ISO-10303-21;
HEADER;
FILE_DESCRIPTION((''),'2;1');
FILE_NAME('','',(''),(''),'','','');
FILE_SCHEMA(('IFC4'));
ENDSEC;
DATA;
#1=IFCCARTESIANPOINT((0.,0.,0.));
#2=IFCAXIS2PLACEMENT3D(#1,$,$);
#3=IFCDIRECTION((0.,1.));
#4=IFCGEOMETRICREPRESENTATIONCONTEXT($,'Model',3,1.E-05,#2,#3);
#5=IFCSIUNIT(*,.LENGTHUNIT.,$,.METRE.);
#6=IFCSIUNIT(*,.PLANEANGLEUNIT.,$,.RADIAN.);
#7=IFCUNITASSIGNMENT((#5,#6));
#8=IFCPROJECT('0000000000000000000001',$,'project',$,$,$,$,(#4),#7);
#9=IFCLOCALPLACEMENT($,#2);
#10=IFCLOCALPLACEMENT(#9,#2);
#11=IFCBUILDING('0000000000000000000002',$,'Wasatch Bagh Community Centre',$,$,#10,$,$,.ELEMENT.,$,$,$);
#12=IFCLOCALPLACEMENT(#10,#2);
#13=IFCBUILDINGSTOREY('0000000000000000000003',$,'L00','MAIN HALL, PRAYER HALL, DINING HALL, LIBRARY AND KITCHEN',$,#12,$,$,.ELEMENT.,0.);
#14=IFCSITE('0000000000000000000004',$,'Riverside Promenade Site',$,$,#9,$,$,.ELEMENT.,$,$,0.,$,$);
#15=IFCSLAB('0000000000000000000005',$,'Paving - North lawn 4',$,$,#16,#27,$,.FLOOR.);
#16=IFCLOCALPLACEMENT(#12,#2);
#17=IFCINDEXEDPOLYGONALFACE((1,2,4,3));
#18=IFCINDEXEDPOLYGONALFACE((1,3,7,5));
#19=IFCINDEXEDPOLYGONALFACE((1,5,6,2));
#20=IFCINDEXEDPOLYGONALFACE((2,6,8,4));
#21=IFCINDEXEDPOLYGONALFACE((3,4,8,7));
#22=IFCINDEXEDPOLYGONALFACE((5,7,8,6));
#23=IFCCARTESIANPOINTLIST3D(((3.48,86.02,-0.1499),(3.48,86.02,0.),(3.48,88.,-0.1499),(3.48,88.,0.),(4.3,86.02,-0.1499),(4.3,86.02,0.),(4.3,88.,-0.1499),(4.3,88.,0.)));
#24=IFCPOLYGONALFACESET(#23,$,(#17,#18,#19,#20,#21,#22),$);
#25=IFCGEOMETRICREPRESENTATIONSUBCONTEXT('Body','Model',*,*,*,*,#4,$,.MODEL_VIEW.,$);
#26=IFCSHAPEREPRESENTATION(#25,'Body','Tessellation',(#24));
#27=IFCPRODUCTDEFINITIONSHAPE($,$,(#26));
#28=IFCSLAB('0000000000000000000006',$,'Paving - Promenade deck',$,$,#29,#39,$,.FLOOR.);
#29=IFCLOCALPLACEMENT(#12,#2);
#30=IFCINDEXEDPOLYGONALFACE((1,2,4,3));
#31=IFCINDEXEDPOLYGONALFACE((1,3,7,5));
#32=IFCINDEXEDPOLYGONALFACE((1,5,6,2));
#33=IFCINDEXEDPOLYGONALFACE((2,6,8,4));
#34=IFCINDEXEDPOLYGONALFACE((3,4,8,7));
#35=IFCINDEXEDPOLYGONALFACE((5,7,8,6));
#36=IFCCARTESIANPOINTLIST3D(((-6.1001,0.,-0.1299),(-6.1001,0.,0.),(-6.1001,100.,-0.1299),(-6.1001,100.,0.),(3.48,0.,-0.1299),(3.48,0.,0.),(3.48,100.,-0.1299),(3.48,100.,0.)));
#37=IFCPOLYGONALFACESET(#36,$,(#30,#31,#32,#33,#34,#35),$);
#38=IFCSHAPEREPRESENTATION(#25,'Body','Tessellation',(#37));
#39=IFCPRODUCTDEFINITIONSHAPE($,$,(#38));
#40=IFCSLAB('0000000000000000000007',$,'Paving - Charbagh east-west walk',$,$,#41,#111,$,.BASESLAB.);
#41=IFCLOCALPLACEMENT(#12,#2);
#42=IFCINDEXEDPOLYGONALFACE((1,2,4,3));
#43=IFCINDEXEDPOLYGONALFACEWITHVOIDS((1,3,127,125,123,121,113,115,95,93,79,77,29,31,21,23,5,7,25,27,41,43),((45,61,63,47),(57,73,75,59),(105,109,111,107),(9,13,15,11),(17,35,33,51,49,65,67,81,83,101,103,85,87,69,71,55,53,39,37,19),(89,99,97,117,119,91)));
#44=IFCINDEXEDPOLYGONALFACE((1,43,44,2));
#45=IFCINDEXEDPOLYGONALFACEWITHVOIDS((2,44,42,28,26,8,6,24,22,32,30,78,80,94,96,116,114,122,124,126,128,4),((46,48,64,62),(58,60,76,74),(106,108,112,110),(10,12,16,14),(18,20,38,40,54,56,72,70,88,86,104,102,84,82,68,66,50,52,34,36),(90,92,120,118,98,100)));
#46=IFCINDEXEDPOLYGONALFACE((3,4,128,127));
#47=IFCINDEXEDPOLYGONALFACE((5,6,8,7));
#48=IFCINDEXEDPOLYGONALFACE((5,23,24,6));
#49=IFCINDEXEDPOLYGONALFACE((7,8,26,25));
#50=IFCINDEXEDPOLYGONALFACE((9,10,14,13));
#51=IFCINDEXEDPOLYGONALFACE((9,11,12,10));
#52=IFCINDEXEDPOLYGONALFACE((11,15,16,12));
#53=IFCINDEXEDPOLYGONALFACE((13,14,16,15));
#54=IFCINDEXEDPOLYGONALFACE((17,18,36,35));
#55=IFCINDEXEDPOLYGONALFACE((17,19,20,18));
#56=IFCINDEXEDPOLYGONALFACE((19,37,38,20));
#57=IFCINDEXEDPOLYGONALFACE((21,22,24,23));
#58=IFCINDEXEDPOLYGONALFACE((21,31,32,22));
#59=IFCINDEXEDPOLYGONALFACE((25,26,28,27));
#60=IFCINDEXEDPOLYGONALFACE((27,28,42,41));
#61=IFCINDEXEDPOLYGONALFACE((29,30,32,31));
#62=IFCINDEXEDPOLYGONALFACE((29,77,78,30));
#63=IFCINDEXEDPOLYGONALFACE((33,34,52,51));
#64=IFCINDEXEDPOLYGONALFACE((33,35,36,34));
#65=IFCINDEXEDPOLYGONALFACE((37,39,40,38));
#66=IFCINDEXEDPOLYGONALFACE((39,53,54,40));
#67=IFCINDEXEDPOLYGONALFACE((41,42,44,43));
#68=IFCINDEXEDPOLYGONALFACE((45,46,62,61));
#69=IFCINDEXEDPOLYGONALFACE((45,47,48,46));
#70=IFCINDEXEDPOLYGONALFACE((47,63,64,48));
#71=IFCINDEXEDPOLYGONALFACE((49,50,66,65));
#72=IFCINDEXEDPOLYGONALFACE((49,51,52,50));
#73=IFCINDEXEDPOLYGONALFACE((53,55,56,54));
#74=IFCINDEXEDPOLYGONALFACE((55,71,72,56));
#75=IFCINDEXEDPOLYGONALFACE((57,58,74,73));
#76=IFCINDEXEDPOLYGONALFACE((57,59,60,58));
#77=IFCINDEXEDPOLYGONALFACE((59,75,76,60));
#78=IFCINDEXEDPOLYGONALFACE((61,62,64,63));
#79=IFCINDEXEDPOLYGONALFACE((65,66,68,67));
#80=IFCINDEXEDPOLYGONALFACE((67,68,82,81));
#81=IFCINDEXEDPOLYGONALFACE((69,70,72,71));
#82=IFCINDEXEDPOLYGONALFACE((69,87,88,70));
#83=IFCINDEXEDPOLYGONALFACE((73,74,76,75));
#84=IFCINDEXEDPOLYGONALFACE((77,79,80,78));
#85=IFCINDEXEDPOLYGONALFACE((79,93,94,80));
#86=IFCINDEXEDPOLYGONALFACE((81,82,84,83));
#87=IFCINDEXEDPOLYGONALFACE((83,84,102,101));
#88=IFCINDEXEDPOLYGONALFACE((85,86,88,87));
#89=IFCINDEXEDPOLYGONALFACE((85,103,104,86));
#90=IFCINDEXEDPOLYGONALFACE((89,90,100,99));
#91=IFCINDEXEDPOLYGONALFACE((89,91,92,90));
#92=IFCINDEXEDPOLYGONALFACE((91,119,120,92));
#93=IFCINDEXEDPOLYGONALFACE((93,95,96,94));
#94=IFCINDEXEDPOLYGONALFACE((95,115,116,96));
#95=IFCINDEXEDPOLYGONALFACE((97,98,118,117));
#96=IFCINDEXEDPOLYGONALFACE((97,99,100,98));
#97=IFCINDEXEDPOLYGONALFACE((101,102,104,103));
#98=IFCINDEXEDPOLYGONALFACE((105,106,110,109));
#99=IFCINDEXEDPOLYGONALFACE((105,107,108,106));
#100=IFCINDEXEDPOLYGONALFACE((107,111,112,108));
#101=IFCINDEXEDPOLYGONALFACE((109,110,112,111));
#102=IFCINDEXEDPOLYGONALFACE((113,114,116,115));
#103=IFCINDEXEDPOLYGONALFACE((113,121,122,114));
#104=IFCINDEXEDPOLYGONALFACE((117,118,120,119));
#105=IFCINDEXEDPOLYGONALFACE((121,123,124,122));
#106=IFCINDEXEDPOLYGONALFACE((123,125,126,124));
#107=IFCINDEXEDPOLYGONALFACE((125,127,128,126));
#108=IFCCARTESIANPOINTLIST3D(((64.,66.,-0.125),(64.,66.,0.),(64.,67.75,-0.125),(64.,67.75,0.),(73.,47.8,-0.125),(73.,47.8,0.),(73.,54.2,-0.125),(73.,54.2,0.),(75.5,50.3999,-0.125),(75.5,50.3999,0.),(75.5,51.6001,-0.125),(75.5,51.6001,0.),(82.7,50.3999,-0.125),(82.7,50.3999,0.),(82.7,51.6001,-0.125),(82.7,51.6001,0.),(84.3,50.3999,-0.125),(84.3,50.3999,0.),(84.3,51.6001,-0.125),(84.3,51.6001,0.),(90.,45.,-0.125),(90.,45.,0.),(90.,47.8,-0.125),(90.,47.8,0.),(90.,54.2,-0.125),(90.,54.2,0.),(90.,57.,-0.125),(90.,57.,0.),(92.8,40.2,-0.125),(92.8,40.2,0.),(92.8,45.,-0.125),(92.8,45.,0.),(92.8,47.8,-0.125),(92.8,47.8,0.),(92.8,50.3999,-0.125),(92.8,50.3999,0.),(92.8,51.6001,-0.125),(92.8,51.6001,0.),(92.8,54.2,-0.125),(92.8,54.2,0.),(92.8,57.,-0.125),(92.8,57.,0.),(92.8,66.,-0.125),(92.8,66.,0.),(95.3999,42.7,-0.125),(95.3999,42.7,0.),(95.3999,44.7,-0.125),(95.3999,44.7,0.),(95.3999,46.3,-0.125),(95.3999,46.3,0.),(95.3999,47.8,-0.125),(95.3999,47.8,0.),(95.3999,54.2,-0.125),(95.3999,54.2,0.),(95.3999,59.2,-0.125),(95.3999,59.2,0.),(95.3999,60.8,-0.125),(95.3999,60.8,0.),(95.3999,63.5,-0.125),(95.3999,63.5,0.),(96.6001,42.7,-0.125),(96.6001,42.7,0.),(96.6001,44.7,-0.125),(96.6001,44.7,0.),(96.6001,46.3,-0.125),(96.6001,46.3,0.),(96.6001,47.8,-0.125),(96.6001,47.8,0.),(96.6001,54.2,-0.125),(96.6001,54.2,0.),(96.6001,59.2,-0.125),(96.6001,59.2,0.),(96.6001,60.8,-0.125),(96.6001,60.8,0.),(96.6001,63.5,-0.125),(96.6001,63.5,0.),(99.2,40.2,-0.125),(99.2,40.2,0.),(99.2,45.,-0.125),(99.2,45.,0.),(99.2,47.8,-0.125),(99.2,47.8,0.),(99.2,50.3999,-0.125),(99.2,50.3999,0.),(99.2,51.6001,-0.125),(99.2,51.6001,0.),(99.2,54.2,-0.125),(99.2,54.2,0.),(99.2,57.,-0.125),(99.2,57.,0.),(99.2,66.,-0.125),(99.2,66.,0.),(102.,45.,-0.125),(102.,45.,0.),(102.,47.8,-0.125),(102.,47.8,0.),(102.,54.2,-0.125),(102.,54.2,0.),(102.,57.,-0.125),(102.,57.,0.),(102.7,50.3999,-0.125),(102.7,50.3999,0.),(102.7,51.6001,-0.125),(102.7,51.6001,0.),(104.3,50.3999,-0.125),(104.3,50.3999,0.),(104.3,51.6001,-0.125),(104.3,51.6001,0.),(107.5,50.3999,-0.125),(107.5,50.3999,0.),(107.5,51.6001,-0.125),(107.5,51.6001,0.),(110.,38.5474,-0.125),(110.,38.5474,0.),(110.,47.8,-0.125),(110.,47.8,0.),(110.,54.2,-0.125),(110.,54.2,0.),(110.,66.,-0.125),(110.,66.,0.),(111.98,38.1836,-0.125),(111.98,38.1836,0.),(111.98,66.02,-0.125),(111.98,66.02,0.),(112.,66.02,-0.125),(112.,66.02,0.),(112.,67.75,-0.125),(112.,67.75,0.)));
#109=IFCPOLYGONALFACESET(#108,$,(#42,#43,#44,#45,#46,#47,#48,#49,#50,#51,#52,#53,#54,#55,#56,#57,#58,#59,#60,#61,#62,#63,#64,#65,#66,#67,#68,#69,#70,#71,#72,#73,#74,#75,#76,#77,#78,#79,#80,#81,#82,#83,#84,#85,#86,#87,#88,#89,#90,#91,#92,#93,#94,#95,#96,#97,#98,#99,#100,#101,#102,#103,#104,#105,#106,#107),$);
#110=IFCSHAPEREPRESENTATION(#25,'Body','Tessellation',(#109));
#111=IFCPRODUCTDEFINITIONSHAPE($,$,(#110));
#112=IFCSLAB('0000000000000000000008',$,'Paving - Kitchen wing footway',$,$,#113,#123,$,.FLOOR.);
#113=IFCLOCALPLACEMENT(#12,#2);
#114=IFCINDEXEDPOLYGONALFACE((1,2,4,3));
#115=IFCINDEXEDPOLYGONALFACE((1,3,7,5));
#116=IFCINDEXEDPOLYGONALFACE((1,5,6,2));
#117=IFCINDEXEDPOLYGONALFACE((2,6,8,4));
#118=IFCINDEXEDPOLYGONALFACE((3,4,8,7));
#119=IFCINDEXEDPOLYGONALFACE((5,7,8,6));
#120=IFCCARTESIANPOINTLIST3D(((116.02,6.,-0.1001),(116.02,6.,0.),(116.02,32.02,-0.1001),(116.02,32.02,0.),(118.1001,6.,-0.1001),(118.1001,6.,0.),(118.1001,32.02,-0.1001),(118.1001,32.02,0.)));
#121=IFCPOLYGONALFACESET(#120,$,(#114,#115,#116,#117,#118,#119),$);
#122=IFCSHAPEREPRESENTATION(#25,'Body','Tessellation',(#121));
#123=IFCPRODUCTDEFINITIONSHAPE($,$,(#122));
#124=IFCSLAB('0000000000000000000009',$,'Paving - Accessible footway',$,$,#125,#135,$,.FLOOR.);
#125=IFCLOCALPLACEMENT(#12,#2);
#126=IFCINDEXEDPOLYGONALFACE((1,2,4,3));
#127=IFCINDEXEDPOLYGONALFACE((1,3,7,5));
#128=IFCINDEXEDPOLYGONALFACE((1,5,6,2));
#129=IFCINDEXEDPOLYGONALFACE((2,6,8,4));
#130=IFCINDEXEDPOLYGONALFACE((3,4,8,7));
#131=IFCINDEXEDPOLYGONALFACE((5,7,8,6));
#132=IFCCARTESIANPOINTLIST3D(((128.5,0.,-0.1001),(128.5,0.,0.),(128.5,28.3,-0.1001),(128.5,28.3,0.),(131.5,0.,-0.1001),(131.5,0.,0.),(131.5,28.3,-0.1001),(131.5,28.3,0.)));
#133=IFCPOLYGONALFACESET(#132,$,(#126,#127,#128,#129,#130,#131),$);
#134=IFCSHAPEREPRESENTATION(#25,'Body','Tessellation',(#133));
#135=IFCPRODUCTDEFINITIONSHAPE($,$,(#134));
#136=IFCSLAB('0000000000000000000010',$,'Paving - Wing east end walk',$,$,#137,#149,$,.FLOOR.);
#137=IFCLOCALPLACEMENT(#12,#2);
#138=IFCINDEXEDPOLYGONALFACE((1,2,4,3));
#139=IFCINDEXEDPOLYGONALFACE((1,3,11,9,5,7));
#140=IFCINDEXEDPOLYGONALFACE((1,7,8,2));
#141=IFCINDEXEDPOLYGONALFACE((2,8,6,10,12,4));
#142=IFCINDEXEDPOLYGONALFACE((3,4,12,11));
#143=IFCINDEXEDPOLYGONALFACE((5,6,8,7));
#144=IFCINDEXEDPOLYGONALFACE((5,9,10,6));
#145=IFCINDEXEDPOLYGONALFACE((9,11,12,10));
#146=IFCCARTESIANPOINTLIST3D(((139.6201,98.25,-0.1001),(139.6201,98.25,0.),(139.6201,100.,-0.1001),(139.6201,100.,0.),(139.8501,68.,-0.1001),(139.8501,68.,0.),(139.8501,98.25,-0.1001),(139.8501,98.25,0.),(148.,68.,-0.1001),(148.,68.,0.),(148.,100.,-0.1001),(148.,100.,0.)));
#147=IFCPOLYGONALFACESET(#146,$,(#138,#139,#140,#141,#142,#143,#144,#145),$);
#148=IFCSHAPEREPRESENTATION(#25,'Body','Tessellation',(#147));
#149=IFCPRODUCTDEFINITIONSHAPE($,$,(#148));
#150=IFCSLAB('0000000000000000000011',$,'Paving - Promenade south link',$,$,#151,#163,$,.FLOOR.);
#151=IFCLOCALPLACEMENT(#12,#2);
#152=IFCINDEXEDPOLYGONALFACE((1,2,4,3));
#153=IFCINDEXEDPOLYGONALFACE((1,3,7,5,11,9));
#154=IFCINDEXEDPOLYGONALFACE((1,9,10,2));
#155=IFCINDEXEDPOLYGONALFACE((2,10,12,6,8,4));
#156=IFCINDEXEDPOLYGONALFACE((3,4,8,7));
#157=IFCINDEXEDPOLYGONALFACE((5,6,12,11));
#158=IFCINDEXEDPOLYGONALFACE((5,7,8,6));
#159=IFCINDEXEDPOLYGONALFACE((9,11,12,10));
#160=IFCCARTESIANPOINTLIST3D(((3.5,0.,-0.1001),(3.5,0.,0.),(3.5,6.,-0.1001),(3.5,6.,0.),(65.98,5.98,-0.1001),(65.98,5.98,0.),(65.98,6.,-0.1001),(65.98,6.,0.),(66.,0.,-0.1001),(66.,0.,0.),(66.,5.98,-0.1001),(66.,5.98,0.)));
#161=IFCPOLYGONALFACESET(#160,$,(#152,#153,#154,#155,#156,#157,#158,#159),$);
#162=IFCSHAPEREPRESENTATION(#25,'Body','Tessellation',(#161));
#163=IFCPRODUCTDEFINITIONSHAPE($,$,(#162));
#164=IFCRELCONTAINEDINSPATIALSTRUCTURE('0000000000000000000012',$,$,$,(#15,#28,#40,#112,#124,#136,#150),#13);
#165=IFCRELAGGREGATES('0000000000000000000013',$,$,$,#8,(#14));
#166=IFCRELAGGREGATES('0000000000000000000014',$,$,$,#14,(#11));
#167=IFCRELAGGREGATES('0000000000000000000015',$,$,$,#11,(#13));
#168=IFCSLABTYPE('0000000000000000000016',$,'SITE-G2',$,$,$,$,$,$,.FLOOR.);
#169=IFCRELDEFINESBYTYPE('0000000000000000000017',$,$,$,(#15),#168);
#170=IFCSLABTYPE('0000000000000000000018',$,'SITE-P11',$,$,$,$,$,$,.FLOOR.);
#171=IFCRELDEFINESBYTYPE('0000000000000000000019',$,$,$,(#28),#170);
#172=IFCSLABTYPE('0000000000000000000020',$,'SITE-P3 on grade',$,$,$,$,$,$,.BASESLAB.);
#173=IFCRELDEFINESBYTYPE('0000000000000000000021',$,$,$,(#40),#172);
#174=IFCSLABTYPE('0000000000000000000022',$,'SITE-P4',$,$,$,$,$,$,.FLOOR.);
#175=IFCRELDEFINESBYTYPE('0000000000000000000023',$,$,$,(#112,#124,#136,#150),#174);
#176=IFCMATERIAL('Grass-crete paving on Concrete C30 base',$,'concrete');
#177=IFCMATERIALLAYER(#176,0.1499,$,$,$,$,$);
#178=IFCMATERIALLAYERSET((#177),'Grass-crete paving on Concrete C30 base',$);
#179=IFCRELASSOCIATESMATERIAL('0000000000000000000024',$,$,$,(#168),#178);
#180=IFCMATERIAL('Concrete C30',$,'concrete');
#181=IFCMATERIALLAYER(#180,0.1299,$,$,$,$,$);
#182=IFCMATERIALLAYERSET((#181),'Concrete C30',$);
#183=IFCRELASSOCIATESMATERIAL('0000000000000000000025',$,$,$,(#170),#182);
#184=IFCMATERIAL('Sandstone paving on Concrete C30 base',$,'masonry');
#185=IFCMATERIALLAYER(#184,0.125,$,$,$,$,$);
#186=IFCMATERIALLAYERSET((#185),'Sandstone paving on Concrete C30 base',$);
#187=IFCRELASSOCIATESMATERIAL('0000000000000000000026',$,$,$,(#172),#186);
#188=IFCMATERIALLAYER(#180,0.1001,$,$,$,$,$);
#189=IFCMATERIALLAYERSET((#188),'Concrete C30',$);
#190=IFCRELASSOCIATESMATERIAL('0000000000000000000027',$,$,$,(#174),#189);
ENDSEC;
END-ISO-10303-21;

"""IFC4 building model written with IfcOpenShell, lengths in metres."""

from ifc_helpers import new_model, si_unit, direction, frame, origin, place, context, subcontext, project, spatial, polyline, outline, extrude, material, layer, layer_set, type_object, element, save


model = new_model("IFC4")

# Units and contexts
model_context = context("Model", 3, precision=1e-05, world=origin(), true_north=direction((0.0, 1.0)))
body_context = subcontext(model_context, "Body", "Model", "MODEL_VIEW")
ifc_project = project(units=[si_unit("LENGTHUNIT", "METRE"), si_unit("PLANEANGLEUNIT", "RADIAN")], contexts=[model_context])

# Site, building, storey
site_placement = place(None, origin())
site = spatial("IfcSite", under=ifc_project, at=site_placement, Name="Riverside Promenade Site", CompositionType="ELEMENT", RefElevation=0.0)
building_placement = place(site_placement, origin())
building = spatial("IfcBuilding", under=site, at=building_placement, Name="Wasatch Bagh Community Centre", CompositionType="ELEMENT")
storey_placement = place(building_placement, origin())
storey = spatial("IfcBuildingStorey", under=building, at=storey_placement, Name="L00", Description="MAIN HALL, PRAYER HALL, DINING HALL, LIBRARY AND KITCHEN", CompositionType="ELEMENT", Elevation=0.0)

# Slabs
ifc_material_1 = material(Name="Grass-crete paving on Concrete C30 base", Category="concrete")
ifc_layer_1 = layer(ifc_material_1, 0.1499)
ifc_layer_set_1 = layer_set([ifc_layer_1], Name="Grass-crete paving on Concrete C30 base")
slab_type_1 = type_object("IfcSlabType", Name="SITE-G2", PredefinedType="FLOOR", material=ifc_layer_set_1)
slab_1_placement = place(storey_placement, frame((0.0, 0.0, -0.1499)))
element("IfcSlab", 1, at=slab_1_placement, inside=storey, type_object=slab_type_1, Name="Paving - North lawn 4", PredefinedType="FLOOR", context=body_context, shape_type="SweptSolid", body=[
    extrude(outline(polyline([(3.48, 88.0), (4.3, 88.0), (4.3, 86.02), (3.48, 86.02), (3.48, 88.0)])), origin(), (0.0, 0.0, 1.0), 0.1499),
])
ifc_material_2 = material(Name="Concrete C30", Category="concrete")
ifc_layer_2 = layer(ifc_material_2, 0.1299)
ifc_layer_set_2 = layer_set([ifc_layer_2], Name="Concrete C30")
slab_type_2 = type_object("IfcSlabType", Name="SITE-P11", PredefinedType="FLOOR", material=ifc_layer_set_2)
slab_2_placement = place(storey_placement, frame((0.0, 0.0, -0.1299)))
element("IfcSlab", 2, at=slab_2_placement, inside=storey, type_object=slab_type_2, Name="Paving - Promenade deck", PredefinedType="FLOOR", context=body_context, shape_type="SweptSolid", body=[
    extrude(outline(polyline([(-6.1001, 0.0), (-6.1001, 100.0), (3.48, 100.0), (3.48, 0.0), (-6.1001, 0.0)])), origin(), (0.0, 0.0, 1.0), 0.1299),
])
ifc_material_3 = material(Name="Sandstone paving on Concrete C30 base", Category="masonry")
ifc_layer_3 = layer(ifc_material_3, 0.125)
ifc_layer_set_3 = layer_set([ifc_layer_3], Name="Sandstone paving on Concrete C30 base")
slab_type_3 = type_object("IfcSlabType", Name="SITE-P3 on grade", PredefinedType="BASESLAB", material=ifc_layer_set_3)
slab_3_placement = place(storey_placement, frame((0.0, 0.0, -0.125)))
element("IfcSlab", 3, at=slab_3_placement, inside=storey, type_object=slab_type_3, Name="Paving - Charbagh east-west walk", PredefinedType="BASESLAB", context=body_context, shape_type="SweptSolid", body=[
    extrude(outline(polyline([(92.8, 45.0), (90.0, 45.0), (90.0, 47.8), (73.0, 47.8), (73.0, 54.2), (90.0, 54.2), (90.0, 57.0), (92.8, 57.0), (92.8, 66.0), (64.0, 66.0), (64.0, 67.75), (112.0, 67.75), (112.0, 66.02), (111.98, 66.02), (111.98, 38.1836), (110.0, 38.5474), (110.0, 47.8), (102.0, 47.8), (102.0, 45.0), (99.2, 45.0), (99.2, 40.2), (92.8, 40.2), (92.8, 45.0)]), holes=[polyline([(84.3, 51.6001), (84.3, 50.3999), (92.8, 50.3999), (92.8, 47.8), (95.3999, 47.8), (95.3999, 46.3), (96.6001, 46.3), (96.6001, 47.8), (99.2, 47.8), (99.2, 50.3999), (102.7, 50.3999), (102.7, 51.6001), (99.2, 51.6001), (99.2, 54.2), (96.6001, 54.2), (96.6001, 59.2), (95.3999, 59.2), (95.3999, 54.2), (92.8, 54.2), (92.8, 51.6001), (84.3, 51.6001)]), polyline([(110.0, 54.2), (110.0, 66.0), (99.2, 66.0), (99.2, 57.0), (102.0, 57.0), (102.0, 54.2), (110.0, 54.2)]), polyline([(95.3999, 44.7), (95.3999, 42.7), (96.6001, 42.7), (96.6001, 44.7), (95.3999, 44.7)]), polyline([(82.7, 51.6001), (75.5, 51.6001), (75.5, 50.3999), (82.7, 50.3999), (82.7, 51.6001)]), polyline([(107.5, 51.6001), (104.3, 51.6001), (104.3, 50.3999), (107.5, 50.3999), (107.5, 51.6001)]), polyline([(95.3999, 63.5), (95.3999, 60.8), (96.6001, 60.8), (96.6001, 63.5), (95.3999, 63.5)])]), origin(), (0.0, 0.0, 1.0), 0.125),
])
ifc_layer_4 = layer(ifc_material_2, 0.1001)
ifc_layer_set_4 = layer_set([ifc_layer_4], Name="Concrete C30")
slab_type_4 = type_object("IfcSlabType", Name="SITE-P4", PredefinedType="FLOOR", material=ifc_layer_set_4)
slab_4_placement = place(storey_placement, frame((0.0, 0.0, -0.1001)))
element("IfcSlab", 4, at=slab_4_placement, inside=storey, type_object=slab_type_4, Name="Paving - Kitchen wing footway", PredefinedType="FLOOR", context=body_context, shape_type="SweptSolid", body=[
    extrude(outline(polyline([(118.1001, 6.0), (116.02, 6.0), (116.02, 32.02), (118.1001, 32.02), (118.1001, 6.0)])), origin(), (0.0, 0.0, 1.0), 0.1001),
])
slab_5_placement = place(storey_placement, frame((0.0, 0.0, -0.1001)))
element("IfcSlab", 5, at=slab_5_placement, inside=storey, type_object=slab_type_4, Name="Paving - Accessible footway", PredefinedType="FLOOR", context=body_context, shape_type="SweptSolid", body=[
    extrude(outline(polyline([(128.5, 28.3), (131.5, 28.3), (131.5, 0.0), (128.5, 0.0), (128.5, 28.3)])), origin(), (0.0, 0.0, 1.0), 0.1001),
])
slab_6_placement = place(storey_placement, frame((0.0, 0.0, -0.1001)))
element("IfcSlab", 6, at=slab_6_placement, inside=storey, type_object=slab_type_4, Name="Paving - Wing east end walk", PredefinedType="FLOOR", context=body_context, shape_type="SweptSolid", body=[
    extrude(outline(polyline([(148.0, 100.0), (148.0, 68.0), (139.8501, 68.0), (139.8501, 98.25), (139.6201, 98.25), (139.6201, 100.0), (148.0, 100.0)])), origin(), (0.0, 0.0, 1.0), 0.1001),
])
slab_7_placement = place(storey_placement, frame((0.0, 0.0, -0.1001)))
element("IfcSlab", 7, at=slab_7_placement, inside=storey, type_object=slab_type_4, Name="Paving - Promenade south link", PredefinedType="FLOOR", context=body_context, shape_type="SweptSolid", body=[
    extrude(outline(polyline([(3.5, 0.0), (3.5, 6.0), (65.98, 6.0), (65.98, 5.98), (66.0, 5.98), (66.0, 0.0), (3.5, 0.0)])), origin(), (0.0, 0.0, 1.0), 0.1001),
])

save(model, "model.ifc")
